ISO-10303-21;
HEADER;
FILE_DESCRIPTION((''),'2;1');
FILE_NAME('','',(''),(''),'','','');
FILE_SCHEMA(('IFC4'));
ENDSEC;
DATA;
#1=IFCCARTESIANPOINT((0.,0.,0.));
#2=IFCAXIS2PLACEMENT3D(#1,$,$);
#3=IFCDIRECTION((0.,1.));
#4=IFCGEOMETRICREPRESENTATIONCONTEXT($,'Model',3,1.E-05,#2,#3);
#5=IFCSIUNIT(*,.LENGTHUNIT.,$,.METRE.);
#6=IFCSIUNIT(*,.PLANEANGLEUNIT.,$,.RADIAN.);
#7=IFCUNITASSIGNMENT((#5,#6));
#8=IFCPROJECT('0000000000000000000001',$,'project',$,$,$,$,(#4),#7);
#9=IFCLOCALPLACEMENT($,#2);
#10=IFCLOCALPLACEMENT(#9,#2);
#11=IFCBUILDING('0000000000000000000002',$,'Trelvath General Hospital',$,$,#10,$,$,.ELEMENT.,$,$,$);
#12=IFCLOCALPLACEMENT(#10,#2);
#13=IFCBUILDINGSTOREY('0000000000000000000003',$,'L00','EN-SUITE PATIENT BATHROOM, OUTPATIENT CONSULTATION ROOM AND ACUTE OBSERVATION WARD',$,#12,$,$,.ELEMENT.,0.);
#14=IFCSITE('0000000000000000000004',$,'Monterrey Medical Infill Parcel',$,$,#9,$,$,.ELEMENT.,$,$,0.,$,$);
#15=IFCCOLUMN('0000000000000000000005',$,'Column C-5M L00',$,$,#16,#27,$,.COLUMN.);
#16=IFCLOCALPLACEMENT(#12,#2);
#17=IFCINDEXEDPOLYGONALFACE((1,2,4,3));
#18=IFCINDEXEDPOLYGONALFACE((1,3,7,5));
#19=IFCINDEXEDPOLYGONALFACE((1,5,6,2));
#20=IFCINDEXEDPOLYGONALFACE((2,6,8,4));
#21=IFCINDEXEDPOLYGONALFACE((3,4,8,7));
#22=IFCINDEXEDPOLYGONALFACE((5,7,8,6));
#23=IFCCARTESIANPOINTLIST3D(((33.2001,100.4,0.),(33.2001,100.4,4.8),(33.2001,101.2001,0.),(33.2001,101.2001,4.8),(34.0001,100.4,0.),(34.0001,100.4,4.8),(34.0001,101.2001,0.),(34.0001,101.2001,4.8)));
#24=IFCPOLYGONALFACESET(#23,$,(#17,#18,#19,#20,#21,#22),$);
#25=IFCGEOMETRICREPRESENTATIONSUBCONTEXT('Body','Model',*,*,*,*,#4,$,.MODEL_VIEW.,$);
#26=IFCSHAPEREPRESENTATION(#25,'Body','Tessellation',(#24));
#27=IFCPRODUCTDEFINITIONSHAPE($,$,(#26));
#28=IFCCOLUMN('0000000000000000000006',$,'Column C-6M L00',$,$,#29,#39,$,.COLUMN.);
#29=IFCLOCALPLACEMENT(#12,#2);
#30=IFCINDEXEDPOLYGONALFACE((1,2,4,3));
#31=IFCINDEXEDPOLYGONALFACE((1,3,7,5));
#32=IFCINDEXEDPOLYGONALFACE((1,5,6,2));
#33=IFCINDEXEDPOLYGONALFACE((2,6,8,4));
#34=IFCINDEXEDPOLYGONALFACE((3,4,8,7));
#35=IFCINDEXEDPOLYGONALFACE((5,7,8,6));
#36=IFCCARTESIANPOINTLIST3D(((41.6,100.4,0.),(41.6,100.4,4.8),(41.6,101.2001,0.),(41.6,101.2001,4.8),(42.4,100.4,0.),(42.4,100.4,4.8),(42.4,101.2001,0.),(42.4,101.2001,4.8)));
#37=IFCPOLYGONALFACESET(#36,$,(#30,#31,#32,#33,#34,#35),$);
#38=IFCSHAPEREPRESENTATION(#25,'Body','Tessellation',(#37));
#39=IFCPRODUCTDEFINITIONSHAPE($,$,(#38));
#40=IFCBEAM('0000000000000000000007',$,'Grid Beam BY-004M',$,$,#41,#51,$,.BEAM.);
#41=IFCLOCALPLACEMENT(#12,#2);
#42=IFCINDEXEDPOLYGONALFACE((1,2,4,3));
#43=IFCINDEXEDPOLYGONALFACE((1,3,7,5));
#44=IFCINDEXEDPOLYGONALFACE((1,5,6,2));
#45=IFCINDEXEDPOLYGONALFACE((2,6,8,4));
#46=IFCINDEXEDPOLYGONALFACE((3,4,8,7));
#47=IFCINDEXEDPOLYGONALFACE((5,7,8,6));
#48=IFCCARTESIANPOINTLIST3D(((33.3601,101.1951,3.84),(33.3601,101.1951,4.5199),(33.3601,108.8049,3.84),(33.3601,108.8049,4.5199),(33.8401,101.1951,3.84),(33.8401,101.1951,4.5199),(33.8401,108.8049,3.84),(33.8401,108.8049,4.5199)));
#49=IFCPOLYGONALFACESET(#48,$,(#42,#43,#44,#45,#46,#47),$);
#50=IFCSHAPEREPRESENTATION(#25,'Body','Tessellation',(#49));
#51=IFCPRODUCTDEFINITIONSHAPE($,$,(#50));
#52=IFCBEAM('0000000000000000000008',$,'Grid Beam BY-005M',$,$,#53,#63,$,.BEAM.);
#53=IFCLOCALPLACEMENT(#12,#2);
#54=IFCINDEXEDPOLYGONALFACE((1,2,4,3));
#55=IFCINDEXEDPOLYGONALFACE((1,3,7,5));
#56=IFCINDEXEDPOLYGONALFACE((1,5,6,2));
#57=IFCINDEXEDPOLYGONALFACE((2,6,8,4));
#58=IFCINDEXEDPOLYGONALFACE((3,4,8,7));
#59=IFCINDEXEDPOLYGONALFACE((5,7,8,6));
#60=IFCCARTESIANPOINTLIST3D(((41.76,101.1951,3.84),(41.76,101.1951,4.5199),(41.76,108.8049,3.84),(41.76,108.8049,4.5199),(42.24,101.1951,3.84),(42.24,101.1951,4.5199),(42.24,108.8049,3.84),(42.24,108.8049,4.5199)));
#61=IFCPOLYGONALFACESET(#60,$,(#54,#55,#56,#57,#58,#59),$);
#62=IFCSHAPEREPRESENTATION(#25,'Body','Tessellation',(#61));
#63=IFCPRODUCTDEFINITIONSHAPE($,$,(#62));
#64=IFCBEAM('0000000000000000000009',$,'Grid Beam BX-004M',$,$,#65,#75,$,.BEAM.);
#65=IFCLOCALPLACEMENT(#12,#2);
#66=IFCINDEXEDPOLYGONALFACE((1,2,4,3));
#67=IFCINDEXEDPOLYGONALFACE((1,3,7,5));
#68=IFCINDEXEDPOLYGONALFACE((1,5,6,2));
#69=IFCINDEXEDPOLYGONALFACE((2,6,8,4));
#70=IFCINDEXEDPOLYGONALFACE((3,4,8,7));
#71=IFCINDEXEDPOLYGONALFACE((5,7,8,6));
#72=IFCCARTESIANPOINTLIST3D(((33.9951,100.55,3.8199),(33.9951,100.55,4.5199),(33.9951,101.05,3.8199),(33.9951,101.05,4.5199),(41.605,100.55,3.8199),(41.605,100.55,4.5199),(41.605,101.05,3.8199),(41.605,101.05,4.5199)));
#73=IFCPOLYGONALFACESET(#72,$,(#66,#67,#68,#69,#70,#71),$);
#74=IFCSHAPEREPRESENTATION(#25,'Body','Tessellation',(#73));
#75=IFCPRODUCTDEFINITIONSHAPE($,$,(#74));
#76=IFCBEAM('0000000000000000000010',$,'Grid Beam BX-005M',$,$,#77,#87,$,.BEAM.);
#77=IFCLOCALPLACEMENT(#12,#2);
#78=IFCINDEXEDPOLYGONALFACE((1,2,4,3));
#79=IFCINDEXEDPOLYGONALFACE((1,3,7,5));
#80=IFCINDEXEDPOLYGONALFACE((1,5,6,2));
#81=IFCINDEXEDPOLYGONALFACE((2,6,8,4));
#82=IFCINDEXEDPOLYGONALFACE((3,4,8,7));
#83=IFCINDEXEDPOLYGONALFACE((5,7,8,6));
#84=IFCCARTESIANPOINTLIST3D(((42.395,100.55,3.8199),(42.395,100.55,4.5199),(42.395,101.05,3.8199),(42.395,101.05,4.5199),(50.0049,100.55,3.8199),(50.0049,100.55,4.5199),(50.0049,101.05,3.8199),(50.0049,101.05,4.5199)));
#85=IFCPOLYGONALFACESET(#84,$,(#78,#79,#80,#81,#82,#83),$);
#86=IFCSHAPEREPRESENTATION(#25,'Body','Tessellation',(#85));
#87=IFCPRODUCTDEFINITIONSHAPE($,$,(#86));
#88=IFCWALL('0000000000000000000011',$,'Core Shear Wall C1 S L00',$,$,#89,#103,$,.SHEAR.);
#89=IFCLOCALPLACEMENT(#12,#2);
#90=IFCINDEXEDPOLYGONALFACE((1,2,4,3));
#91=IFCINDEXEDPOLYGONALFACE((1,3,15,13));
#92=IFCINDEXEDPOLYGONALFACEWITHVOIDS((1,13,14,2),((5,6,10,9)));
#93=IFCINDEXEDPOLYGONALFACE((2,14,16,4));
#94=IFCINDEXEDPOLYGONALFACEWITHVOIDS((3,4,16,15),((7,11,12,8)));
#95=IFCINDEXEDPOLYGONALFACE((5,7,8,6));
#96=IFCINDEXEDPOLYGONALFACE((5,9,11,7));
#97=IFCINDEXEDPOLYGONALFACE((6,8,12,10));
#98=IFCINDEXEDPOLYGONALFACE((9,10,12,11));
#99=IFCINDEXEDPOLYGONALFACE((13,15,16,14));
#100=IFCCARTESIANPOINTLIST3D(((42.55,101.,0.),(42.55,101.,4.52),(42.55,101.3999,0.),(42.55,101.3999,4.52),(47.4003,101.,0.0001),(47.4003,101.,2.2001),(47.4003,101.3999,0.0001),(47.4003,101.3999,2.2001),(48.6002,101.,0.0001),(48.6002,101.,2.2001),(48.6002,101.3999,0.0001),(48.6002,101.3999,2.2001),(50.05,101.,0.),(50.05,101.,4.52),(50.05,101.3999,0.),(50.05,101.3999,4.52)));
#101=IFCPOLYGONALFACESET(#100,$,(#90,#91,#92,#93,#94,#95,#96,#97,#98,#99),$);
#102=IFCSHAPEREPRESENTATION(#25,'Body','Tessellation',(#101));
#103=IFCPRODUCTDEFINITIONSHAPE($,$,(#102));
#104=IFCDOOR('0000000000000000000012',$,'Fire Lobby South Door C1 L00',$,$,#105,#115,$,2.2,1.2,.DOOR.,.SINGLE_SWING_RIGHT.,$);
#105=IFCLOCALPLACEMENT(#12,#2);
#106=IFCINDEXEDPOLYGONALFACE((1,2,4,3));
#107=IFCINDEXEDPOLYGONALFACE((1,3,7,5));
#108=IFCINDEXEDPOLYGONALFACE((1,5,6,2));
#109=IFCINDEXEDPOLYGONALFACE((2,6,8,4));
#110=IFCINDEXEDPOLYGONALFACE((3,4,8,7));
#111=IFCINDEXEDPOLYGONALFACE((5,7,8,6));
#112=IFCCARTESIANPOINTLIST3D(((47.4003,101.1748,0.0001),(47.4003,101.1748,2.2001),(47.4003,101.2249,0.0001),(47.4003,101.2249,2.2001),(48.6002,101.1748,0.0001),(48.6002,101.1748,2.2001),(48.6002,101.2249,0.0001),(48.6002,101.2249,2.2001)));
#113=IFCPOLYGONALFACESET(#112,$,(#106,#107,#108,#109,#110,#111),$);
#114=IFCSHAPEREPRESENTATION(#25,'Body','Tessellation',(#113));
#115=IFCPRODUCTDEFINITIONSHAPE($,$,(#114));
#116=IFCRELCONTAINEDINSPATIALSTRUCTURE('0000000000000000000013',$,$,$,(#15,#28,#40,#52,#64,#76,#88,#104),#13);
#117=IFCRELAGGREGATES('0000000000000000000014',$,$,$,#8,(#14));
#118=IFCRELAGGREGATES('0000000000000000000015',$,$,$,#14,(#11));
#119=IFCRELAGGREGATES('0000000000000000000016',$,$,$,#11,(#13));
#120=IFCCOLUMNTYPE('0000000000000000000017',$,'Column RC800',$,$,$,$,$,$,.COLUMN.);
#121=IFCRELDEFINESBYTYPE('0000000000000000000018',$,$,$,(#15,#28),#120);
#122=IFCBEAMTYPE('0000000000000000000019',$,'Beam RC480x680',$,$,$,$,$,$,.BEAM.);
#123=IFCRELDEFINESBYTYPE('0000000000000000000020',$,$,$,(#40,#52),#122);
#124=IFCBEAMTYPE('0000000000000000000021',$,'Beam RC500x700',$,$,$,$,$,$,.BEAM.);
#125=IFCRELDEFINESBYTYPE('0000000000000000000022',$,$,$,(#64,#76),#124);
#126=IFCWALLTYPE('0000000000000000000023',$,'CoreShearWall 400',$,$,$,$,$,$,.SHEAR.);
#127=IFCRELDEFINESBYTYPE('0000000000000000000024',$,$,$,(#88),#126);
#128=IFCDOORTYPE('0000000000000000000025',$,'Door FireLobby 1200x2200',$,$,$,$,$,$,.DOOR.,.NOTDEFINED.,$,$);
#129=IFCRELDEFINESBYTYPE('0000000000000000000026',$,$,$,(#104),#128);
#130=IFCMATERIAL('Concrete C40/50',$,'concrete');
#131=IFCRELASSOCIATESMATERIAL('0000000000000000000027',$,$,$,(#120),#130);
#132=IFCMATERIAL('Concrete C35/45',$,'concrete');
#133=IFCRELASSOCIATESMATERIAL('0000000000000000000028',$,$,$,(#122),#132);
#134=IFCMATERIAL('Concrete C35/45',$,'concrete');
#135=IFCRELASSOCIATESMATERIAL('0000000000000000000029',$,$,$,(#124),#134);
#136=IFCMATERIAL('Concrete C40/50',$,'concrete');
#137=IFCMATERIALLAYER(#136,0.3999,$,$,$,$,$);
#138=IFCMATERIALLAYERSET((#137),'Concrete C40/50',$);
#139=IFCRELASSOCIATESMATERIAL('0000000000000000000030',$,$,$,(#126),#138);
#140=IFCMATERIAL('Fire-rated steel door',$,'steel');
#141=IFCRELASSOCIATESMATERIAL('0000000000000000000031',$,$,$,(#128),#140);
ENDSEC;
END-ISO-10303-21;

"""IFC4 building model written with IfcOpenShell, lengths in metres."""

from ifc_helpers import new_model, si_unit, direction, frame, frame_2d, origin, origin_2d, place, context, subcontext, project, spatial, rectangle, extrude, material, layer, layer_set, material_profile, profile_set, type_object, element, fill, save


model = new_model("IFC4")

# Units and contexts
model_context = context("Model", 3, precision=1e-05, world=origin(), true_north=direction((0.0, 1.0)))
body_context = subcontext(model_context, "Body", "Model", "MODEL_VIEW")
ifc_project = project(units=[si_unit("LENGTHUNIT", "METRE"), si_unit("PLANEANGLEUNIT", "RADIAN")], contexts=[model_context])

# Site, building, storey
site_placement = place(None, origin())
site = spatial("IfcSite", under=ifc_project, at=site_placement, Name="Monterrey Medical Infill Parcel", CompositionType="ELEMENT", RefElevation=0.0)
building_placement = place(site_placement, origin())
building = spatial("IfcBuilding", under=site, at=building_placement, Name="Trelvath General Hospital", CompositionType="ELEMENT")
storey_placement = place(building_placement, origin())
storey = spatial("IfcBuildingStorey", under=building, at=storey_placement, Name="L00", Description="EN-SUITE PATIENT BATHROOM, OUTPATIENT CONSULTATION ROOM AND ACUTE OBSERVATION WARD", CompositionType="ELEMENT", Elevation=0.0)

# Columns
ifc_material_1 = material(Name="Concrete C40/50", Category="concrete")
ifc_material_profile_1 = material_profile(ifc_material_1, rectangle(XDim=0.8, YDim=0.8, at=origin_2d()), Name="RC800x800")
ifc_profile_set_1 = profile_set([ifc_material_profile_1], Name="Concrete C40/50")
column_type = type_object("IfcColumnType", Name="Column RC800", PredefinedType="COLUMN", material=ifc_profile_set_1)
for number, where, z_axis, x_axis, name in (
    (1, (33.6001, 100.8, 0.0), (0.0, 0.0, 1.0), (1.0, 0.0, 0.0), "Column C-5M L00"),
    (2, (42.0, 100.8, 0.0), (0.0, 0.0, 1.0), (1.0, 0.0, 0.0), "Column C-6M L00"),
):
    element("IfcColumn", number, at=place(storey_placement, frame(where, z_axis=z_axis, x_axis=x_axis)), inside=storey, type_object=column_type, Name=name, PredefinedType="COLUMN", context=body_context, shape_type="SweptSolid", body=[
        extrude(rectangle(XDim=0.8, YDim=0.8, at=origin_2d()), origin(), (0.0, 0.0, 1.0), 4.8),
    ])

# Beams
ifc_material_2 = material(Name="Concrete C35/45", Category="concrete")
ifc_material_profile_2 = material_profile(ifc_material_2, rectangle(XDim=0.48, YDim=0.6799, at=origin_2d()), Name="RCB480x680")
ifc_profile_set_2 = profile_set([ifc_material_profile_2], Name="Concrete C35/45")
beam_type_1 = type_object("IfcBeamType", Name="Beam RC480x680", PredefinedType="BEAM", material=ifc_profile_set_2)
for number, where, z_axis, x_axis, name in (
    (3, (33.6001, 101.1951, 4.1799), (0.0, 1.0, 0.0), (-1.0, 0.0, 0.0), "Grid Beam BY-004M"),
    (4, (42.0, 101.1951, 4.1799), (0.0, 1.0, 0.0), (-1.0, 0.0, 0.0), "Grid Beam BY-005M"),
):
    element("IfcBeam", number, at=place(storey_placement, frame(where, z_axis=z_axis, x_axis=x_axis)), inside=storey, type_object=beam_type_1, Name=name, PredefinedType="BEAM", context=body_context, shape_type="SweptSolid", body=[
        extrude(rectangle(XDim=0.48, YDim=0.6799, at=origin_2d()), origin(), (0.0, 0.0, 1.0), 7.6099),
    ])
ifc_material_3 = material(Name="Concrete C35/45", Category="concrete")
ifc_material_profile_3 = material_profile(ifc_material_3, rectangle(XDim=0.5, YDim=0.7, at=origin_2d()), Name="RCB500x700")
ifc_profile_set_3 = profile_set([ifc_material_profile_3], Name="Concrete C35/45")
beam_type_2 = type_object("IfcBeamType", Name="Beam RC500x700", PredefinedType="BEAM", material=ifc_profile_set_3)
for number, where, z_axis, x_axis, name in (
    (5, (33.9951, 100.8, 4.1699), (1.0, 0.0, 0.0), (0.0, 1.0, 0.0), "Grid Beam BX-004M"),
    (6, (42.395, 100.8, 4.1699), (1.0, 0.0, 0.0), (0.0, 1.0, 0.0), "Grid Beam BX-005M"),
):
    element("IfcBeam", number, at=place(storey_placement, frame(where, z_axis=z_axis, x_axis=x_axis)), inside=storey, type_object=beam_type_2, Name=name, PredefinedType="BEAM", context=body_context, shape_type="SweptSolid", body=[
        extrude(rectangle(XDim=0.5, YDim=0.7, at=origin_2d()), origin(), (0.0, 0.0, 1.0), 7.6099),
    ])

# Wall, opening, door
ifc_material_4 = material(Name="Concrete C40/50", Category="concrete")
ifc_layer_1 = layer(ifc_material_4, 0.3999)
ifc_layer_set_1 = layer_set([ifc_layer_1], Name="Concrete C40/50")
wall_type_1 = type_object("IfcWallType", Name="CoreShearWall 400", PredefinedType="SHEAR", material=ifc_layer_set_1)
wall_1_placement = place(storey_placement, frame((42.55, 101.2, 0.0), z_axis=(0.0, 0.0, 1.0), x_axis=(1.0, 0.0, 0.0)))
wall_1 = element("IfcWall", 7, at=wall_1_placement, inside=storey, type_object=wall_type_1, Name="Core Shear Wall C1 S L00", PredefinedType="SHEAR", context=body_context, shape_type="SweptSolid", body=[
    extrude(rectangle(XDim=7.5, YDim=0.3999, at=frame_2d((3.75, 0.0))), origin(), (0.0, 0.0, 1.0), 4.52),
])
opening_1_placement = place(wall_1_placement, frame((4.8501, 0.0, 0.0)))
opening_1 = element("IfcOpeningElement", 8, at=opening_1_placement, cuts=wall_1, PredefinedType="OPENING", context=body_context, shape_type="SweptSolid", body=[
    extrude(rectangle(XDim=1.2, YDim=2.2, at=frame_2d((0.6001, 1.1001))), frame((0.0, 0.21, 0.0), z_axis=(0.0, -1.0, 0.0), x_axis=(1.0, 0.0, 0.0)), (0.0, 0.0, 1.0), 0.4199),
])
ifc_material_5 = material(Name="Fire-rated steel door", Category="steel")
door_type_1 = type_object("IfcDoorType", Name="Door FireLobby 1200x2200", OperationType="NOTDEFINED", PredefinedType="DOOR", material=ifc_material_5)
door_1_placement = place(opening_1_placement, origin())
door_1 = element("IfcDoor", 9, at=door_1_placement, inside=storey, type_object=door_type_1, Name="Fire Lobby South Door C1 L00", OperationType="SINGLE_SWING_RIGHT", OverallHeight=2.2, OverallWidth=1.2, PredefinedType="DOOR", context=body_context, shape_type="SweptSolid", body=[
    extrude(rectangle(XDim=1.2, YDim=2.2, at=frame_2d((0.6001, 1.1001))), frame((0.0, 0.0249, 0.0), z_axis=(0.0, -1.0, 0.0), x_axis=(1.0, 0.0, 0.0)), (0.0, 0.0, 1.0), 0.05),
])
fill(opening_1, door_1)

save(model, "model.ifc")
